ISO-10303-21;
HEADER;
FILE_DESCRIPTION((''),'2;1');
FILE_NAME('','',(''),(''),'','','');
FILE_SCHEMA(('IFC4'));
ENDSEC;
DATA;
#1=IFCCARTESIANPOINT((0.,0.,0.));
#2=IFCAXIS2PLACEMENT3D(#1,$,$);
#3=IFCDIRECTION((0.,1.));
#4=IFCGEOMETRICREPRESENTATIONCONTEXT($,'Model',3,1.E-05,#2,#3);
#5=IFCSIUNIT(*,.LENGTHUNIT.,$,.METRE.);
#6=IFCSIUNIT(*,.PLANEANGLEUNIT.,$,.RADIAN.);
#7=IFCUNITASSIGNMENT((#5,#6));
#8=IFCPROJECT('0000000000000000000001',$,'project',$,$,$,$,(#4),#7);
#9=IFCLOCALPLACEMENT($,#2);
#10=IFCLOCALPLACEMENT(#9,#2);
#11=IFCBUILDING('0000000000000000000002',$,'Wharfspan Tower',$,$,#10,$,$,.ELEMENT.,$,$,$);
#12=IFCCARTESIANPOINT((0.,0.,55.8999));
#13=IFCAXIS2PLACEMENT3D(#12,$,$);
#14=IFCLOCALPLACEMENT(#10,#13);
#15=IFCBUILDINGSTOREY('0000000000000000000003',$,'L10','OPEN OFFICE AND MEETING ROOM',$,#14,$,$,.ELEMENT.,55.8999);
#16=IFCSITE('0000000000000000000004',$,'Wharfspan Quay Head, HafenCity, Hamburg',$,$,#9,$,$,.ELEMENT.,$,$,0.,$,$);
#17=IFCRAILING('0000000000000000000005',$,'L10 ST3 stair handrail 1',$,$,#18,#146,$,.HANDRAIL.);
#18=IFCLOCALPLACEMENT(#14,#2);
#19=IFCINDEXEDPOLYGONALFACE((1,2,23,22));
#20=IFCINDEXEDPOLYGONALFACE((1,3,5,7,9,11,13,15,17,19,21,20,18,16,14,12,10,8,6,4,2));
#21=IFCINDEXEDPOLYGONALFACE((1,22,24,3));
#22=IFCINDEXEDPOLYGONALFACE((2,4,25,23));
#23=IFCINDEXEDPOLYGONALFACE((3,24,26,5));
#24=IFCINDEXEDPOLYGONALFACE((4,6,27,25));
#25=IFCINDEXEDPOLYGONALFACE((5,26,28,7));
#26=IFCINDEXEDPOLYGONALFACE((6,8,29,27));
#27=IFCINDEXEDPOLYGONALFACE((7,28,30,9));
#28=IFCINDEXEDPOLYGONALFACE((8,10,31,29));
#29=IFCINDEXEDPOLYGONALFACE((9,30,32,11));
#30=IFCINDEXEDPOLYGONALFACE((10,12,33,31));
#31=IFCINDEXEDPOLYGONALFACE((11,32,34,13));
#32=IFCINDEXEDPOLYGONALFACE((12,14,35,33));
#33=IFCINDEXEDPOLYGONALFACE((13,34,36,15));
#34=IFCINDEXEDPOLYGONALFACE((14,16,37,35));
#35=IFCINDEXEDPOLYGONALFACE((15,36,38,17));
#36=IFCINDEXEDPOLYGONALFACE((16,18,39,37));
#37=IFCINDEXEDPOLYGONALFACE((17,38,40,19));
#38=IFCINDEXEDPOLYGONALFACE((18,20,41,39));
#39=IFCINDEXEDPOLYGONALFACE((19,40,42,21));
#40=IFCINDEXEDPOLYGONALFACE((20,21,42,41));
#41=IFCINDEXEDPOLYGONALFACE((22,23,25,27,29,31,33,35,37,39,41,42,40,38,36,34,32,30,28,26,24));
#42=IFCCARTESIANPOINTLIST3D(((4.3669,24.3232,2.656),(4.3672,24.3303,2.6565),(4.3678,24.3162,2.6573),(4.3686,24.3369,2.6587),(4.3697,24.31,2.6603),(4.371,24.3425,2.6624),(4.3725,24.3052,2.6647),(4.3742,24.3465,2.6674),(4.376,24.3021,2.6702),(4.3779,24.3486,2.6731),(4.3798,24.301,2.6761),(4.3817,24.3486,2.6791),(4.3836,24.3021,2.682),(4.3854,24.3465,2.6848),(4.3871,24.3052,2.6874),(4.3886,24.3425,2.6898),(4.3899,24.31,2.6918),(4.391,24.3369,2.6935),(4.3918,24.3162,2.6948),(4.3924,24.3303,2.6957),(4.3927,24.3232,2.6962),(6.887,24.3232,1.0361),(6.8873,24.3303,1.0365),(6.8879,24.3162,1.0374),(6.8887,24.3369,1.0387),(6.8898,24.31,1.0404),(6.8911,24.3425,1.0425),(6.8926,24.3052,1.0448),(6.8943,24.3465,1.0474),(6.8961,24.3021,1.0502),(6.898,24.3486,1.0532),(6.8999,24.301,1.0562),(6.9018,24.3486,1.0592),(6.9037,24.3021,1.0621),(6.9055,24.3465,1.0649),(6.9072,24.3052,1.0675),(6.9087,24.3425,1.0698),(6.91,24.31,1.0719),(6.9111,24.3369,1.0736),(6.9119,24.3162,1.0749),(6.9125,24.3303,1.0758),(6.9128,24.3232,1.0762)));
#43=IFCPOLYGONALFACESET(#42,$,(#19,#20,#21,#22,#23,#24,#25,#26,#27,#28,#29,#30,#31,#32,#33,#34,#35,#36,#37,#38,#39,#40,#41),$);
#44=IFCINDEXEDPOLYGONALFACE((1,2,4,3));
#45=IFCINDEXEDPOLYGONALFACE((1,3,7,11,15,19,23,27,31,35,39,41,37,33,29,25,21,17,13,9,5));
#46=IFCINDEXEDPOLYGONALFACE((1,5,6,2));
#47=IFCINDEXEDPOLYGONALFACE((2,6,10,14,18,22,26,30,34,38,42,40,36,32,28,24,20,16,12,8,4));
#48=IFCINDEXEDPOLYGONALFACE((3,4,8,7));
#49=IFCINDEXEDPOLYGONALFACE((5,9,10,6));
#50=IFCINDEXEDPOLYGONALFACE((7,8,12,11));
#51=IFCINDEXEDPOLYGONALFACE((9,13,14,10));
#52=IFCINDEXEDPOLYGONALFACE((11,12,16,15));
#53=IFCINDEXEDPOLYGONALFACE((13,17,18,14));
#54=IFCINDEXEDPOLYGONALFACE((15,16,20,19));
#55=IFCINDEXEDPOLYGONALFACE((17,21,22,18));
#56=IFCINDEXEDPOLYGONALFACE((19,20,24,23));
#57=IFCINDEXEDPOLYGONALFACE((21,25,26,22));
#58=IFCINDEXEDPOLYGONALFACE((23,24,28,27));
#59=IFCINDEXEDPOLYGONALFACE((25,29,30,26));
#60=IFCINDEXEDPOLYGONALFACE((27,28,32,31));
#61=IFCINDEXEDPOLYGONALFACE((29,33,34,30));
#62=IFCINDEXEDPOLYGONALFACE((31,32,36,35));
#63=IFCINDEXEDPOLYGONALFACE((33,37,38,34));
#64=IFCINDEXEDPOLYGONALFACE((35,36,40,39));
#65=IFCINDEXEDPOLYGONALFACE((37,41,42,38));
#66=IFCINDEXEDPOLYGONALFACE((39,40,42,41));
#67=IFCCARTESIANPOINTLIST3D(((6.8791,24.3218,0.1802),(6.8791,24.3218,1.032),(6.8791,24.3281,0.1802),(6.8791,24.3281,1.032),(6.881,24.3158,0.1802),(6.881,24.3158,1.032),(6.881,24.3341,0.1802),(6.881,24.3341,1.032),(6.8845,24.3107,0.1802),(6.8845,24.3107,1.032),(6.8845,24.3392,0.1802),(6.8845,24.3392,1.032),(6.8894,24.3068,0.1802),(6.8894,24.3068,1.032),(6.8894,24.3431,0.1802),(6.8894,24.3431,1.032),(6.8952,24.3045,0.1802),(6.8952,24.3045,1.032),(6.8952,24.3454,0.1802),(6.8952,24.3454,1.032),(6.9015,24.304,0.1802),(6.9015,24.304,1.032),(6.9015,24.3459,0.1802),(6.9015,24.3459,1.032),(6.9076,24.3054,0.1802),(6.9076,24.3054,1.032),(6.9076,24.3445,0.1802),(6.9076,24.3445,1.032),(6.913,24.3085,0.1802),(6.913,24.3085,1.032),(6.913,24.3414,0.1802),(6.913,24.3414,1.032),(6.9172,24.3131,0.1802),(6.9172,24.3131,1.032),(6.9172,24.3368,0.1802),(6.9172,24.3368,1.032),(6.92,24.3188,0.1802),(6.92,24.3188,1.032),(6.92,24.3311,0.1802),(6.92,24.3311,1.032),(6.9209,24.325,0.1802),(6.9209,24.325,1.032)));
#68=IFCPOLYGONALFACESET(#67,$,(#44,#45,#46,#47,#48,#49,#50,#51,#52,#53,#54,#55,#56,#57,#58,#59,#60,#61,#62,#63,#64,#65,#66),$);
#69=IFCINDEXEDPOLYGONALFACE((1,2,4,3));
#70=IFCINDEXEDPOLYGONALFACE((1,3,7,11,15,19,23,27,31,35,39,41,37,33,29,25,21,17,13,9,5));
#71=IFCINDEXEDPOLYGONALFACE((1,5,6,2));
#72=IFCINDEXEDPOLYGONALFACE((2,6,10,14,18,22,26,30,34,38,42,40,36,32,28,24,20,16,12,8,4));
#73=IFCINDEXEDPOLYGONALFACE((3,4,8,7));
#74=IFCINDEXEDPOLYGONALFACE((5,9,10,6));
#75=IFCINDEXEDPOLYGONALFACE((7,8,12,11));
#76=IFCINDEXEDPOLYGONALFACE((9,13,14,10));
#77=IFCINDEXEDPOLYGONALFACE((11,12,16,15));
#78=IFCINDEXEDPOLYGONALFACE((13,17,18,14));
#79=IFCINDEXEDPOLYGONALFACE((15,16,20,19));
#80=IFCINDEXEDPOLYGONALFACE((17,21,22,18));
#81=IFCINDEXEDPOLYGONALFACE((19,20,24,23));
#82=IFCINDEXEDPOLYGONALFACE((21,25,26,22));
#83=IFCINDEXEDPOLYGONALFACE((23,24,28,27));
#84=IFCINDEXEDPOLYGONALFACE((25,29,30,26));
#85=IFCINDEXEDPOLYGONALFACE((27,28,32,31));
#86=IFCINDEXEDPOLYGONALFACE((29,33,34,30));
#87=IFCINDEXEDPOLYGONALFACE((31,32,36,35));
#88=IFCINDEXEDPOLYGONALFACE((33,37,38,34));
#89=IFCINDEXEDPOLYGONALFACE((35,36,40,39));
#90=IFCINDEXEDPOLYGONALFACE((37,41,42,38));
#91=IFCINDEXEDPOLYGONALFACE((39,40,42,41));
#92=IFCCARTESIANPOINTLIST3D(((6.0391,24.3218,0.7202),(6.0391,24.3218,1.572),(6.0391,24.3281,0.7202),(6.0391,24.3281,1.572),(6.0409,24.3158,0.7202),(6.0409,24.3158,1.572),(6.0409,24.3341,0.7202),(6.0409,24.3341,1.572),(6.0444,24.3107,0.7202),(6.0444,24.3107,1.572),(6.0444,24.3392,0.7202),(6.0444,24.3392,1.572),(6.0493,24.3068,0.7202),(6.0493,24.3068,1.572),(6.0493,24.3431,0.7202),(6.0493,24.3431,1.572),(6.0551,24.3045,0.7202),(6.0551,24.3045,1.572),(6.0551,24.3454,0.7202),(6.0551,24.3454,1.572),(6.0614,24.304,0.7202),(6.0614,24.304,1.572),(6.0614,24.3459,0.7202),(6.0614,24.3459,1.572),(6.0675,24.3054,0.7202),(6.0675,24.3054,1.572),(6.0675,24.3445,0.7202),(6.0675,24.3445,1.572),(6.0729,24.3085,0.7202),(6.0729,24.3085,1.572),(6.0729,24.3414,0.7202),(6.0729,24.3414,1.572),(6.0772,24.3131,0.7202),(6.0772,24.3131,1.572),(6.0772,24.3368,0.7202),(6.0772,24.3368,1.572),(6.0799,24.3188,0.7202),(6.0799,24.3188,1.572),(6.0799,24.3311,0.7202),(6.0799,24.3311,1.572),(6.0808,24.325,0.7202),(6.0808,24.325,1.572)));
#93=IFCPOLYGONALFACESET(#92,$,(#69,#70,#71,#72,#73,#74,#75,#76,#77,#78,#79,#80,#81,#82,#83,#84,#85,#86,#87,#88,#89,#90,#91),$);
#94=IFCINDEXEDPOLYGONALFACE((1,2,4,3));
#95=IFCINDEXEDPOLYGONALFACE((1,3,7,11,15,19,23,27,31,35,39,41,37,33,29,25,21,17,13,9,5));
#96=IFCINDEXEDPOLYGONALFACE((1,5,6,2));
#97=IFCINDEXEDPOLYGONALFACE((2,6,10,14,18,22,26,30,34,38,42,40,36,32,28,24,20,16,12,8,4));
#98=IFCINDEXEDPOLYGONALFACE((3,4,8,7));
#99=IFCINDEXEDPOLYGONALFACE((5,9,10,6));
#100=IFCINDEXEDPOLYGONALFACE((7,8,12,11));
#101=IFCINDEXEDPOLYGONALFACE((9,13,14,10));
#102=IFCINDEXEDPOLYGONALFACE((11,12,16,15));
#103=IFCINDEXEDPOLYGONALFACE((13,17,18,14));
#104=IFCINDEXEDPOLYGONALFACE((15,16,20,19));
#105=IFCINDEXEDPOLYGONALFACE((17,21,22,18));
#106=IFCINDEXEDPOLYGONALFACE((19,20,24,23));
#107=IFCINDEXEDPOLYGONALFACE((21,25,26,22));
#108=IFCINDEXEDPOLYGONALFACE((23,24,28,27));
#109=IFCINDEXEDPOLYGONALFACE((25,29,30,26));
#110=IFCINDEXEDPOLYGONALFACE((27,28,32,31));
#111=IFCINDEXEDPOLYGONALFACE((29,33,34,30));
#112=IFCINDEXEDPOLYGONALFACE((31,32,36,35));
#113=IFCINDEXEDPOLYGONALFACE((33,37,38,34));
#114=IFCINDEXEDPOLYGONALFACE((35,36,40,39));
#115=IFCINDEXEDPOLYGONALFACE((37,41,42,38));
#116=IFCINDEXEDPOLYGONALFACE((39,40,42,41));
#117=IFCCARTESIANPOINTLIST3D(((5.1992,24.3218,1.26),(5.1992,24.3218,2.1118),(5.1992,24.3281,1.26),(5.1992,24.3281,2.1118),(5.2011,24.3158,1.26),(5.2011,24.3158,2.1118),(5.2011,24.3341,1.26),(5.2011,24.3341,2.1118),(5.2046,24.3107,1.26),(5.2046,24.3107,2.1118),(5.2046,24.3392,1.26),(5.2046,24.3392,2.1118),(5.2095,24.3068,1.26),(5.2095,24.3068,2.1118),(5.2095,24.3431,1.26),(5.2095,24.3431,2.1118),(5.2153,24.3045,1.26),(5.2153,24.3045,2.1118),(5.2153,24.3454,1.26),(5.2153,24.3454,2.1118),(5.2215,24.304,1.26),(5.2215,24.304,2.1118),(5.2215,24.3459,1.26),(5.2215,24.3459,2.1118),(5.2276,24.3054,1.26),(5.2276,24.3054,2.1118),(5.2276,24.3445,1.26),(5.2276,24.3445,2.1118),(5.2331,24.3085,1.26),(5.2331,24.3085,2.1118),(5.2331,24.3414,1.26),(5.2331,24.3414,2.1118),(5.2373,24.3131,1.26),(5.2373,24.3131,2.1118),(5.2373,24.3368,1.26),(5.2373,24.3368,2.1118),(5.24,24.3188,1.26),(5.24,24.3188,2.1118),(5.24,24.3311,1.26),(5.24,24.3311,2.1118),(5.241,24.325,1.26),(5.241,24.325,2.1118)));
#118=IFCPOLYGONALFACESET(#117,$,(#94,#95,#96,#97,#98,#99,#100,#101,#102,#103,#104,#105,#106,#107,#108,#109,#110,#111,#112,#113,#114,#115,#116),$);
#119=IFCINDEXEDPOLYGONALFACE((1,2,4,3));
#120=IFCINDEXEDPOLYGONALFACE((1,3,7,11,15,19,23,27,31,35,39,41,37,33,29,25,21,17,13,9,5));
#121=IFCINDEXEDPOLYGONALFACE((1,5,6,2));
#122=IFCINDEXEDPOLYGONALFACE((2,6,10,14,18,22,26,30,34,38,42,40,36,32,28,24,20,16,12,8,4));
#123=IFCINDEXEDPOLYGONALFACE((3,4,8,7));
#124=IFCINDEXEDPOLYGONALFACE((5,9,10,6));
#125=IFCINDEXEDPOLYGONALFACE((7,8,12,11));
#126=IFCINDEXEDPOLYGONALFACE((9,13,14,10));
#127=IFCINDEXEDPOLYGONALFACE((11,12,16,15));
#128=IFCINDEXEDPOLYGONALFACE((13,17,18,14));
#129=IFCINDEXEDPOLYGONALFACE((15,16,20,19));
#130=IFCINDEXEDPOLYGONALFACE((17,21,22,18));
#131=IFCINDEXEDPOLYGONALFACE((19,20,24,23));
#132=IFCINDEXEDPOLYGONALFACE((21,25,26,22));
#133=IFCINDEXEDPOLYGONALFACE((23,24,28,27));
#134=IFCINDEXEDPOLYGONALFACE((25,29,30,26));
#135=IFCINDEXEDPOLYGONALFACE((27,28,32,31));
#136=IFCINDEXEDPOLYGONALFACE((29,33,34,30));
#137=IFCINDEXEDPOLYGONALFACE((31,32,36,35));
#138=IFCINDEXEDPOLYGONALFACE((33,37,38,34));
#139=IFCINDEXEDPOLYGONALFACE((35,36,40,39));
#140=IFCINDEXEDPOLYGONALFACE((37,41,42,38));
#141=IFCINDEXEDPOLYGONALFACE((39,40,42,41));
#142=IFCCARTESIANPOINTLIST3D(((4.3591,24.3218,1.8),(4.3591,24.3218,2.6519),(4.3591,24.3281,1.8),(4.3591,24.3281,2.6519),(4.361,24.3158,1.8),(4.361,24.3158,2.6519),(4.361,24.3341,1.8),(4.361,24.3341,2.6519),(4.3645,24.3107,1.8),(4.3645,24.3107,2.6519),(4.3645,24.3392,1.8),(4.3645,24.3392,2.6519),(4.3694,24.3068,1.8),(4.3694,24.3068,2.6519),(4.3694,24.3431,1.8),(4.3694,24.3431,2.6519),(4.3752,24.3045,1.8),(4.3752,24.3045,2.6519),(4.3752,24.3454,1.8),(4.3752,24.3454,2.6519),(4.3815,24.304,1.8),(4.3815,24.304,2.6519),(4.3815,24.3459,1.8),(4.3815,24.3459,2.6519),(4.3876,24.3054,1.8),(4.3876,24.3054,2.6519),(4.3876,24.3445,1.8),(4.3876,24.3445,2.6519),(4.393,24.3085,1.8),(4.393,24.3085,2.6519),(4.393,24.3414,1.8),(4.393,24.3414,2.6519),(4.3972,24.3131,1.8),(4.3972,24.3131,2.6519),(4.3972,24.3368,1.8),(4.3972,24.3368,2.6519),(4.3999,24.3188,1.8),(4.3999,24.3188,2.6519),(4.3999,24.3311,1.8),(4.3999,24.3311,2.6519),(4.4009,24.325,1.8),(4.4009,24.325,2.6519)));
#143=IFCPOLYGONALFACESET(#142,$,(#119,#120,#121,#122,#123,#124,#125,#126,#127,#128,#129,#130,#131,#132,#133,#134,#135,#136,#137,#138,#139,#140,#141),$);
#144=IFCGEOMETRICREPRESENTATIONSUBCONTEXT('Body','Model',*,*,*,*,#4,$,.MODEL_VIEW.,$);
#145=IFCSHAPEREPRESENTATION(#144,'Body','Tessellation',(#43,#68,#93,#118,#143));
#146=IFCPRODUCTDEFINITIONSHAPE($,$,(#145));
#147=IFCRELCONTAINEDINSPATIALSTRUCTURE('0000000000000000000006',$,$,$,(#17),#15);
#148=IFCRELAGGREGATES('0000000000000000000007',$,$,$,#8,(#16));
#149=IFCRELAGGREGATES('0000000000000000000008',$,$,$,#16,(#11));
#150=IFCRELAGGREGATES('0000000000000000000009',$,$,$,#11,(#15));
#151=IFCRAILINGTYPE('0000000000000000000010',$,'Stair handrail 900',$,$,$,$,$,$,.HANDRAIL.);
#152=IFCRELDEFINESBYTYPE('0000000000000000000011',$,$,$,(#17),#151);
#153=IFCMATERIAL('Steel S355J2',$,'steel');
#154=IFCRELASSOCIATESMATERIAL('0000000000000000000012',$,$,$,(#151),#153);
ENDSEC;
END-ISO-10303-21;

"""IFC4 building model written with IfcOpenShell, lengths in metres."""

from ifc_helpers import new_model, si_unit, direction, frame, origin, origin_2d, place, context, subcontext, project, spatial, circle, extrude, material, type_object, element, save


model = new_model("IFC4")

# Units and contexts
model_context = context("Model", 3, precision=1e-05, world=origin(), true_north=direction((0.0, 1.0)))
body_context = subcontext(model_context, "Body", "Model", "MODEL_VIEW")
ifc_project = project(units=[si_unit("LENGTHUNIT", "METRE"), si_unit("PLANEANGLEUNIT", "RADIAN")], contexts=[model_context])

# Site, building, storey
site_placement = place(None, origin())
site = spatial("IfcSite", under=ifc_project, at=site_placement, Name="Wharfspan Quay Head, HafenCity, Hamburg", CompositionType="ELEMENT", RefElevation=0.0)
building_placement = place(site_placement, origin())
building = spatial("IfcBuilding", under=site, at=building_placement, Name="Wharfspan Tower", CompositionType="ELEMENT")
storey_placement = place(building_placement, frame((0.0, 0.0, 55.8999)))
storey = spatial("IfcBuildingStorey", under=building, at=storey_placement, Name="L10", Description="OPEN OFFICE AND MEETING ROOM", CompositionType="ELEMENT", Elevation=55.8999)

# Shared definitions
ifc_material_1 = material(Name="Steel S355J2", Category="steel")

# Railing
railing_type_1 = type_object("IfcRailingType", Name="Stair handrail 900", PredefinedType="HANDRAIL", material=ifc_material_1)
railing_1_placement = place(storey_placement, frame((6.8999, 24.325, 0.1802)))
element("IfcRailing", 1, at=railing_1_placement, inside=storey, type_object=railing_type_1, Name="L10 ST3 stair handrail 1", PredefinedType="HANDRAIL", context=body_context, shape_type="SweptSolid", body=[
    extrude(circle(Radius=0.0239, at=origin_2d()), frame((0.0, 0.0, 0.876), z_axis=(-0.8412, 0.0, 0.540725), x_axis=(0.0, -1.0, 0.0)), (0.0, 0.0, 1.0), 2.9958),
    extrude(circle(Radius=0.021, at=origin_2d()), origin(), (0.0, 0.0, 1.0), 0.8518),
    extrude(circle(Radius=0.021, at=origin_2d()), frame((-0.8401, 0.0, 0.54)), (0.0, 0.0, 1.0), 0.8518),
    extrude(circle(Radius=0.021, at=origin_2d()), frame((-1.6799, 0.0, 1.0798)), (0.0, 0.0, 1.0), 0.8518),
    extrude(circle(Radius=0.021, at=origin_2d()), frame((-2.52, 0.0, 1.6199)), (0.0, 0.0, 1.0), 0.8518),
])

save(model, "model.ifc")
